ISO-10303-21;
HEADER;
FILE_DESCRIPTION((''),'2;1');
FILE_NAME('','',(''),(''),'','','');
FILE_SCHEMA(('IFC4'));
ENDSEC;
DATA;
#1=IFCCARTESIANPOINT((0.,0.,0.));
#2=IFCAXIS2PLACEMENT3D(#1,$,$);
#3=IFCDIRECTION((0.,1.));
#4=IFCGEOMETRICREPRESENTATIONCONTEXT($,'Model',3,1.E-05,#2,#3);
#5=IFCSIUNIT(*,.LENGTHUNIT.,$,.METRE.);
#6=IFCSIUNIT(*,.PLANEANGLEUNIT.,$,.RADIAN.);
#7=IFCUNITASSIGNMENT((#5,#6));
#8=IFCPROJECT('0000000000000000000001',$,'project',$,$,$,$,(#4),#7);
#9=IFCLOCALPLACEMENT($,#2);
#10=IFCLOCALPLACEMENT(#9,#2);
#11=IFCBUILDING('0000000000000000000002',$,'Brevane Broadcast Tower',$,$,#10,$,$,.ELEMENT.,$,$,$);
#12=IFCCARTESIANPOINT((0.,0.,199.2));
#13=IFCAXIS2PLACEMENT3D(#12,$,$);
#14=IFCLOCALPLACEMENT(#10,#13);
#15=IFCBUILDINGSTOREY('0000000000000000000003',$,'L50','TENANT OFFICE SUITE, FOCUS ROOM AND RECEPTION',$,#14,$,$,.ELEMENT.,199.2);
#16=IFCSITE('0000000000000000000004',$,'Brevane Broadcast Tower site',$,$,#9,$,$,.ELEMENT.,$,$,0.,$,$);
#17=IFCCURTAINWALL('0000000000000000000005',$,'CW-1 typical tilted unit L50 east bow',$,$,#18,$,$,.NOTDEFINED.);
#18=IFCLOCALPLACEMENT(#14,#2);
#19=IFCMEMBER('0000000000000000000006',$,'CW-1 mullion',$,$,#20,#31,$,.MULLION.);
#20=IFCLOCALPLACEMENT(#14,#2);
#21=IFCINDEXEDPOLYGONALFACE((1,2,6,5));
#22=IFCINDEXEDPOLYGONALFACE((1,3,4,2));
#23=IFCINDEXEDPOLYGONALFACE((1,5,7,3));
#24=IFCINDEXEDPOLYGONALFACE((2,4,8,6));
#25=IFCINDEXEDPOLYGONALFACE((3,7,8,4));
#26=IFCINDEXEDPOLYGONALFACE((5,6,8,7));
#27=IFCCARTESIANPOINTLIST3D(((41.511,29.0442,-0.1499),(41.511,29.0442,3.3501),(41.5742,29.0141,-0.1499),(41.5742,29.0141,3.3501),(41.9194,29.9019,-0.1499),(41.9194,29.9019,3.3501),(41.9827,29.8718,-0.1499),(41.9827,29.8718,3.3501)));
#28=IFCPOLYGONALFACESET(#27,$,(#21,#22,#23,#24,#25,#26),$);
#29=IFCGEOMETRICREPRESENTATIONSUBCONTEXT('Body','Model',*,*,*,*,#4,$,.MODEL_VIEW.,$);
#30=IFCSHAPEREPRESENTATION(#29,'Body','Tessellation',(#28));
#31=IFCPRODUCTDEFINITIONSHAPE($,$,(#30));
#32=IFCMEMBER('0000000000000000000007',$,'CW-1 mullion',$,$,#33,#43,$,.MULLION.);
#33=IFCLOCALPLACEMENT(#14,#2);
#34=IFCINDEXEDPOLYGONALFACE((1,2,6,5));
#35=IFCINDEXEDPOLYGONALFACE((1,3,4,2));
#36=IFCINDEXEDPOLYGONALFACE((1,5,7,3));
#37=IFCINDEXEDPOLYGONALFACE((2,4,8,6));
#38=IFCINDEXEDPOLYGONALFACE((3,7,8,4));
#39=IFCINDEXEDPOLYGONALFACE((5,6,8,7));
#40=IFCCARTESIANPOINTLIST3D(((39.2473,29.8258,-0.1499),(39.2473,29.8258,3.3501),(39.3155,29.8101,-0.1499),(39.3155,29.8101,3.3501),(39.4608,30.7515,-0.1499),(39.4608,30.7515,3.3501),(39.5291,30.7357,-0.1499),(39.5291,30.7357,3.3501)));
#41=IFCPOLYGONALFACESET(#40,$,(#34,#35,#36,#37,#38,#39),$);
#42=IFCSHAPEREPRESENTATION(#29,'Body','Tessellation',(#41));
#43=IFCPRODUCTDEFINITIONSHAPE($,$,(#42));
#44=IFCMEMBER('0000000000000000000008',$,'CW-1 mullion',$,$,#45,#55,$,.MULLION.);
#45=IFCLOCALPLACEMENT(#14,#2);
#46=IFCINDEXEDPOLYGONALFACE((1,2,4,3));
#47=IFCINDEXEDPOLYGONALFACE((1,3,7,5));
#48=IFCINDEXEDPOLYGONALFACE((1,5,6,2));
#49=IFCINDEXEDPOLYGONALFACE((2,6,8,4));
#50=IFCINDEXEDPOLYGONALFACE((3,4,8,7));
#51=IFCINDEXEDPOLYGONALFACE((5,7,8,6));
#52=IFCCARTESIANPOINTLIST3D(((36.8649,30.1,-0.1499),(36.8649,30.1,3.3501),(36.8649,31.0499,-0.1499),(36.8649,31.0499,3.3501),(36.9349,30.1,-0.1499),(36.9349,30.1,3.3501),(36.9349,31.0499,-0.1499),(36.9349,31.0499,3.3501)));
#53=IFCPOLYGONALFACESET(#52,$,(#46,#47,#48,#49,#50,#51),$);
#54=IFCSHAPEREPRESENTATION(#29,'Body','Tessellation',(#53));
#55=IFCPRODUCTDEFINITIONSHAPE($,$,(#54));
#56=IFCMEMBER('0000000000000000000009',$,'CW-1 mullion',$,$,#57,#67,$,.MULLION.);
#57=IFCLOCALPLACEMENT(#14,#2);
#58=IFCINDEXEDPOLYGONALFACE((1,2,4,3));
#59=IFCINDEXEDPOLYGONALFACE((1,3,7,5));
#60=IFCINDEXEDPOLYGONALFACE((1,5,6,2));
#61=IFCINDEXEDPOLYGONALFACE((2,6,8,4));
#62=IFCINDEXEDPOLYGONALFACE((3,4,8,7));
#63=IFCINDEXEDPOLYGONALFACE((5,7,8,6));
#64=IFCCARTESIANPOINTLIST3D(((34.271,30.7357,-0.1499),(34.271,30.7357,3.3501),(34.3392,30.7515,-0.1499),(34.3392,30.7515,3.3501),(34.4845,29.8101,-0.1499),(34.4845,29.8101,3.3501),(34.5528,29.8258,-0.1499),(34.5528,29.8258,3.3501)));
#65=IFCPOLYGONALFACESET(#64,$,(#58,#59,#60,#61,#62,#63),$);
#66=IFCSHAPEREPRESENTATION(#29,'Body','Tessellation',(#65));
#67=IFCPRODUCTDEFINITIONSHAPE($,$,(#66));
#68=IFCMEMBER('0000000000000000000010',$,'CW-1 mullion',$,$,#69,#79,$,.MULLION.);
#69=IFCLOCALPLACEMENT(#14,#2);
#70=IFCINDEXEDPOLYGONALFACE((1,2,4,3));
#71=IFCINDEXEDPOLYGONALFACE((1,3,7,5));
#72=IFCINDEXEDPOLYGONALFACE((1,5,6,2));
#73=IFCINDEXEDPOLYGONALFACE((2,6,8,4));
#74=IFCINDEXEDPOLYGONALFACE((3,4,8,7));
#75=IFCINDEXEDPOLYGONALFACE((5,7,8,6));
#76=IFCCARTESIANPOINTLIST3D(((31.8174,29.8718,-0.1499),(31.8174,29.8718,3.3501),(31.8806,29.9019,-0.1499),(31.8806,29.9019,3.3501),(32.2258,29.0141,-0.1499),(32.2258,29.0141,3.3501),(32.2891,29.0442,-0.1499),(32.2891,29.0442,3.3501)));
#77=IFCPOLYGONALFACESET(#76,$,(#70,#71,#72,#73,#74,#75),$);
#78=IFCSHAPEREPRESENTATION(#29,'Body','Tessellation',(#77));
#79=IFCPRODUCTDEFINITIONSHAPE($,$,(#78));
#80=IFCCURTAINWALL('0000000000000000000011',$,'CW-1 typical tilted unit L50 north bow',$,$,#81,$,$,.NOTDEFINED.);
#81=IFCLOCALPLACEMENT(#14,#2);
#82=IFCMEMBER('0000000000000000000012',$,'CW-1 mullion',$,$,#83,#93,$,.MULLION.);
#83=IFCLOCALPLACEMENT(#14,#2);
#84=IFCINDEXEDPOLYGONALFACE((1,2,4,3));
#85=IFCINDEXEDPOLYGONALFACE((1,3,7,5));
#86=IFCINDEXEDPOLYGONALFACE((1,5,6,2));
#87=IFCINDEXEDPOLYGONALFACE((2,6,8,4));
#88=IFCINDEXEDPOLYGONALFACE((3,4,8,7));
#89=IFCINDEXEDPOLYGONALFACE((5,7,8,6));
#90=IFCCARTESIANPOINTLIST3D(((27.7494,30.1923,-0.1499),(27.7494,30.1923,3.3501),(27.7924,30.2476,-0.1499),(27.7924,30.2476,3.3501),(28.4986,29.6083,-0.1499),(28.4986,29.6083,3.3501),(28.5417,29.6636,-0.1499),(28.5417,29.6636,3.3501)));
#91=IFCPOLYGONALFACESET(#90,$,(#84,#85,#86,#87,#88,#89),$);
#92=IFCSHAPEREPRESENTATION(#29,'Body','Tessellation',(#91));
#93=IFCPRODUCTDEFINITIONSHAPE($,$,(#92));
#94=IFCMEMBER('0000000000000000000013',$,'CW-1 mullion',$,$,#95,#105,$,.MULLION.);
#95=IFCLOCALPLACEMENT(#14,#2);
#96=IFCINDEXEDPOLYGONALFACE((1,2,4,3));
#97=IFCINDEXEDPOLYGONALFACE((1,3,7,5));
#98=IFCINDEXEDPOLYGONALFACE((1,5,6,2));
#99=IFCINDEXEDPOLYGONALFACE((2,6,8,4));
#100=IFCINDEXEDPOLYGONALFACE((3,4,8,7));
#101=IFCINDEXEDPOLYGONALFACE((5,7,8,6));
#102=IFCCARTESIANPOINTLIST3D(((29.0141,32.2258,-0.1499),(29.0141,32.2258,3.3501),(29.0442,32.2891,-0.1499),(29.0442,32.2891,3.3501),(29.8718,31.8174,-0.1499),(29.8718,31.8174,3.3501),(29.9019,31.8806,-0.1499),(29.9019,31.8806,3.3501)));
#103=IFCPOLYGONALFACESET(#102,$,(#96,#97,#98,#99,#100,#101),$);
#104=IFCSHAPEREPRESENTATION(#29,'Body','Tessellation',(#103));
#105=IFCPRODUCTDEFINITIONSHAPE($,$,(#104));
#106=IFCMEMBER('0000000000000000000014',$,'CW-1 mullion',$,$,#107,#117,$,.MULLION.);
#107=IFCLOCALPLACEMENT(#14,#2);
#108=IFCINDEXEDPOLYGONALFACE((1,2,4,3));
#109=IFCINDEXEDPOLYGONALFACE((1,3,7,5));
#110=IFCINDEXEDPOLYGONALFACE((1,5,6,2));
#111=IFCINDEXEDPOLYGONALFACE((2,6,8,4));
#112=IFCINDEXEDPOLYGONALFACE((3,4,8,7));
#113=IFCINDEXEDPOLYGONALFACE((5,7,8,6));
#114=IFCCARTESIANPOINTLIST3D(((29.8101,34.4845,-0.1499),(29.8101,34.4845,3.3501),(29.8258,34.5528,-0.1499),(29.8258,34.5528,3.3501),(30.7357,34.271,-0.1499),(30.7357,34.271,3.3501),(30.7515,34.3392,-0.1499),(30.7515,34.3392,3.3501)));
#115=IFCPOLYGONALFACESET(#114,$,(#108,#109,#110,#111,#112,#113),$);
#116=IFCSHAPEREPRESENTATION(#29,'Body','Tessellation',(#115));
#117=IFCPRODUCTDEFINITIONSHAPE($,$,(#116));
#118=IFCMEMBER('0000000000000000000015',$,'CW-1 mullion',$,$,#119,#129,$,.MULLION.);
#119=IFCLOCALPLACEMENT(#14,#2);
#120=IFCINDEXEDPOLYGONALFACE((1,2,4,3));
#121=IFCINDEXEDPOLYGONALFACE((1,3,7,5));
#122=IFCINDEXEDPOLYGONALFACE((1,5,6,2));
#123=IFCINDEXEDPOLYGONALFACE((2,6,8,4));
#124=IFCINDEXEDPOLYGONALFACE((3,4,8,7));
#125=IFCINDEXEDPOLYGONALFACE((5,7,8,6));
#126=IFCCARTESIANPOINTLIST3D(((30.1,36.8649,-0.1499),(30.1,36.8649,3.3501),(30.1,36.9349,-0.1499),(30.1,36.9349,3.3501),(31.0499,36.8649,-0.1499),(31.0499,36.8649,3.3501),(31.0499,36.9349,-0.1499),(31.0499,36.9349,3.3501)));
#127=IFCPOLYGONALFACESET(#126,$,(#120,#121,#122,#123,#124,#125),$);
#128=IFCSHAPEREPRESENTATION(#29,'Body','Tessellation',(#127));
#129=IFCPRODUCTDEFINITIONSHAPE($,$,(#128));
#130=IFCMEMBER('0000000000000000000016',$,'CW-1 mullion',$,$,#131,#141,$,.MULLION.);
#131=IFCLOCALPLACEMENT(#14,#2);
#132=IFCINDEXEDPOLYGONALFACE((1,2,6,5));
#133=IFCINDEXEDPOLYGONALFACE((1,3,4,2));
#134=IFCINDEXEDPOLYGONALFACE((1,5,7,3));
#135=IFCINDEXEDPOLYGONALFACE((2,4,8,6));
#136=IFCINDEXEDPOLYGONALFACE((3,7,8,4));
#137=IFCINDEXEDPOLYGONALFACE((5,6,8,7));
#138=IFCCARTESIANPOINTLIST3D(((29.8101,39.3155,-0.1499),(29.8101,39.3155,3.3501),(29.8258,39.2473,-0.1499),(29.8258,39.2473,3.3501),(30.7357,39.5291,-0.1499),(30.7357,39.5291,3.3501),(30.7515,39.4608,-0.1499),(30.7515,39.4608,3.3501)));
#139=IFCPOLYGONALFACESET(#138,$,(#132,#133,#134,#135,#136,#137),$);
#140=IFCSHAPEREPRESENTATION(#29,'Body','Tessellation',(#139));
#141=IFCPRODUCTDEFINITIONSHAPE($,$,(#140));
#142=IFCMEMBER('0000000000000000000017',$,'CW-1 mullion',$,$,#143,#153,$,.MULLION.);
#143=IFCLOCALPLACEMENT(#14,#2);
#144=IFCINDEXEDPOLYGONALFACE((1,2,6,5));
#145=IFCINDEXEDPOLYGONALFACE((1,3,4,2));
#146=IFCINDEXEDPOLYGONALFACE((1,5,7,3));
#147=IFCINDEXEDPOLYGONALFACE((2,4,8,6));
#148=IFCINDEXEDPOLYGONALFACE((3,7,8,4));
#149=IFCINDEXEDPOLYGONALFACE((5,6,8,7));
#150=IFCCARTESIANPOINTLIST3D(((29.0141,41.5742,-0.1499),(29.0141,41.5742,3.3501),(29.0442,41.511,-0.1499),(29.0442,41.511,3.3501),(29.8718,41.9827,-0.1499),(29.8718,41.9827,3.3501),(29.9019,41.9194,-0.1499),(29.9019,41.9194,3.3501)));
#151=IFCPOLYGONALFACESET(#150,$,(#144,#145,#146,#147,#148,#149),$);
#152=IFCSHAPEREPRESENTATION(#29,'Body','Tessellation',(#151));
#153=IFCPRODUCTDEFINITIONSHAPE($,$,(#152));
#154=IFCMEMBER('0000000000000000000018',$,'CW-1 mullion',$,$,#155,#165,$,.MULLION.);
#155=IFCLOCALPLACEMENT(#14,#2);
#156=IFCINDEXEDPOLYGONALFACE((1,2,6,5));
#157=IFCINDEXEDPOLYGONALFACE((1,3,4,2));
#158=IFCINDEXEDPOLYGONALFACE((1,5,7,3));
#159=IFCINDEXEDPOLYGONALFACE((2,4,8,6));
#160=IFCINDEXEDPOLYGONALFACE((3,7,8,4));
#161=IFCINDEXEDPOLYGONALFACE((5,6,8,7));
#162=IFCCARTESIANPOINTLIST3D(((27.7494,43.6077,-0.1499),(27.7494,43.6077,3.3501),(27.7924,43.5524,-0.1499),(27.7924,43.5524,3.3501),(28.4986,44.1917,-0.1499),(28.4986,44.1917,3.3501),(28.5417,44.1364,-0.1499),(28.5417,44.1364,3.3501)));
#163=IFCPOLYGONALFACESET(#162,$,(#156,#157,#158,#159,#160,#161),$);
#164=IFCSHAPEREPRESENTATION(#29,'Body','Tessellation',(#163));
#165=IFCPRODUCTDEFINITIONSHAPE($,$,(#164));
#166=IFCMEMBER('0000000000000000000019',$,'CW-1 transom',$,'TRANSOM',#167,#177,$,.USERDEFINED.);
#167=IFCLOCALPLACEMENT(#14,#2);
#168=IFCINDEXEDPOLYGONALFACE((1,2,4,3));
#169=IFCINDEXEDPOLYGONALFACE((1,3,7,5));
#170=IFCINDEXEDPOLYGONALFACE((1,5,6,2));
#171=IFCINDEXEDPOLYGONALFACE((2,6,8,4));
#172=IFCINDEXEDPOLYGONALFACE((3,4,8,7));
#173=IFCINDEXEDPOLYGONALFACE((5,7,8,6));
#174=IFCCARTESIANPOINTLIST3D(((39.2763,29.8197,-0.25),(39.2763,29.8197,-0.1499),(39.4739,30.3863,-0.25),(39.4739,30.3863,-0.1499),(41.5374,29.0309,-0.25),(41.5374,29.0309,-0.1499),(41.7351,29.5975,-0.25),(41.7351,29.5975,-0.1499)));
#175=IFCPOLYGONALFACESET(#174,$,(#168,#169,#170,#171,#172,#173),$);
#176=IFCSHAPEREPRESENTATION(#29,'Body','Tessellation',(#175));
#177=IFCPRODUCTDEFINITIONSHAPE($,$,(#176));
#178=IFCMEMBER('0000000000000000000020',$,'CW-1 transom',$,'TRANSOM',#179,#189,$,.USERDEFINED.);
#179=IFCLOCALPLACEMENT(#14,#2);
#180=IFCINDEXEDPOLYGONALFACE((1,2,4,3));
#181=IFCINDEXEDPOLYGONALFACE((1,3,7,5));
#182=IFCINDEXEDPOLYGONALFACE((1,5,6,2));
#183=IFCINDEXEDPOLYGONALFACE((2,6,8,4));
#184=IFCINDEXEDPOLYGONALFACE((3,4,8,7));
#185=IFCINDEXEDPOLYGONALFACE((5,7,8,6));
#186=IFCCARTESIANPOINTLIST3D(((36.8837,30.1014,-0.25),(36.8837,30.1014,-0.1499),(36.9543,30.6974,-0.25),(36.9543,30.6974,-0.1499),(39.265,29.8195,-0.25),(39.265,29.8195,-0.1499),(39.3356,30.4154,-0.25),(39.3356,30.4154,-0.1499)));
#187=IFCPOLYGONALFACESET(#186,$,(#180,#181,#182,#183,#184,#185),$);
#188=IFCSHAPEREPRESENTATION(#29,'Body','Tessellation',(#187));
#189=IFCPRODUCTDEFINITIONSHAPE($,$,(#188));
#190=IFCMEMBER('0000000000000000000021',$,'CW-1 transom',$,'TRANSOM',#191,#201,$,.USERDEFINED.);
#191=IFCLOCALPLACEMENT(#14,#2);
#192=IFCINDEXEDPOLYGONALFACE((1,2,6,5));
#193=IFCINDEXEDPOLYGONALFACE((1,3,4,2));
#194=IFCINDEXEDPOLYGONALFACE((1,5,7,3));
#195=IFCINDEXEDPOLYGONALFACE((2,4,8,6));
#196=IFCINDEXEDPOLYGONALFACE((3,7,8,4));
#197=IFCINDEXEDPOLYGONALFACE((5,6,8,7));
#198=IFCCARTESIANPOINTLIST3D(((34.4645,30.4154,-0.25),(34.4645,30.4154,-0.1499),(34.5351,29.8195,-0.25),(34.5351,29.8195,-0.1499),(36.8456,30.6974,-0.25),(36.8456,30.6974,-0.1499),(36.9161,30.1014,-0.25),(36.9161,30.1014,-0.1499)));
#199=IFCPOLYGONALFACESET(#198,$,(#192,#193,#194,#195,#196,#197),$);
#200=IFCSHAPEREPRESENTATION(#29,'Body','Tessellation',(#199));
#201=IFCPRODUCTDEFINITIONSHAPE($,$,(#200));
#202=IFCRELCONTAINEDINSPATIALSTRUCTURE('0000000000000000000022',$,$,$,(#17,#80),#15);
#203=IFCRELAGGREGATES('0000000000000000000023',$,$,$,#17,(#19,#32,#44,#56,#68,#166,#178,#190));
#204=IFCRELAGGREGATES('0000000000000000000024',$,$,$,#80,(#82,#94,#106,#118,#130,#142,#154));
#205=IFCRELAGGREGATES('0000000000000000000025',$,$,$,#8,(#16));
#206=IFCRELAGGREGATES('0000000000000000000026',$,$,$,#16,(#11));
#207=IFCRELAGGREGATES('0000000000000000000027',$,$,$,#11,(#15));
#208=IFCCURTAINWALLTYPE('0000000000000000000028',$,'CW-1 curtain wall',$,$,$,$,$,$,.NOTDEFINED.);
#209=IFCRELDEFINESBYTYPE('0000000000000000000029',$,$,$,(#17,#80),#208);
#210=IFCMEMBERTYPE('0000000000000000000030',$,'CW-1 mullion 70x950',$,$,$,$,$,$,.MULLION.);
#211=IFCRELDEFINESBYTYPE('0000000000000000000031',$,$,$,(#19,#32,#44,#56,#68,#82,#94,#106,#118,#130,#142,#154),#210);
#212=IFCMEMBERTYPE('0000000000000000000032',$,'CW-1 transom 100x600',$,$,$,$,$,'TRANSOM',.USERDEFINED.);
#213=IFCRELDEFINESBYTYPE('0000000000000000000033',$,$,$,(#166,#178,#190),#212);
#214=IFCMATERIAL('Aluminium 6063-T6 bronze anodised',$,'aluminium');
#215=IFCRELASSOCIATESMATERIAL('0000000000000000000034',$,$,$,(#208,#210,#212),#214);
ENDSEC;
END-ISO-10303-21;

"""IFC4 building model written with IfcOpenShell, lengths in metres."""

from ifc_helpers import new_model, si_unit, direction, frame, origin, origin_2d, place, context, subcontext, project, spatial, rectangle, extrude, material, material_profile, profile_set, type_object, element, aggregate, save


model = new_model("IFC4")

# Units and contexts
model_context = context("Model", 3, precision=1e-05, world=origin(), true_north=direction((0.0, 1.0)))
body_context = subcontext(model_context, "Body", "Model", "MODEL_VIEW")
ifc_project = project(units=[si_unit("LENGTHUNIT", "METRE"), si_unit("PLANEANGLEUNIT", "RADIAN")], contexts=[model_context])

# Site, building, storey
site_placement = place(None, origin())
site = spatial("IfcSite", under=ifc_project, at=site_placement, Name="Brevane Broadcast Tower site", CompositionType="ELEMENT", RefElevation=0.0)
building_placement = place(site_placement, origin())
building = spatial("IfcBuilding", under=site, at=building_placement, Name="Brevane Broadcast Tower", CompositionType="ELEMENT")
storey_placement = place(building_placement, frame((0.0, 0.0, 199.2)))
storey = spatial("IfcBuildingStorey", under=building, at=storey_placement, Name="L50", Description="TENANT OFFICE SUITE, FOCUS ROOM AND RECEPTION", CompositionType="ELEMENT", Elevation=199.2)

# Curtain walls, members
ifc_material_1 = material(Name="Aluminium 6063-T6 bronze anodised", Category="aluminium")
curtain_wall_type = type_object("IfcCurtainWallType", Name="CW-1 curtain wall", PredefinedType="NOTDEFINED", material=ifc_material_1)
curtain_wall_1_placement = place(storey_placement, origin())
curtain_wall_1 = element("IfcCurtainWall", 1, at=curtain_wall_1_placement, inside=storey, type_object=curtain_wall_type, Name="CW-1 typical tilted unit L50 east bow", PredefinedType="NOTDEFINED")
ifc_material_profile_1 = material_profile(ifc_material_1, rectangle(XDim=0.95, YDim=0.0701, at=origin_2d()), Name="RECT 70x950")
ifc_profile_set_1 = profile_set([ifc_material_profile_1], Name="Aluminium 6063-T6 bronze anodised")
member_type_1 = type_object("IfcMemberType", Name="CW-1 mullion 70x950", PredefinedType="MULLION", material=ifc_profile_set_1)
member_1_placement = place(storey_placement, frame((41.7468, 29.458, -0.1499), z_axis=(0.0, 0.0, 1.0), x_axis=(-0.429934, -0.902861, 0.0)))
member_1 = element("IfcMember", 2, at=member_1_placement, type_object=member_type_1, Name="CW-1 mullion", PredefinedType="MULLION", context=body_context, shape_type="SweptSolid", body=[
    extrude(rectangle(XDim=0.95, YDim=0.0701, at=origin_2d()), origin(), (0.0, 0.0, 1.0), 3.5),
])
member_2_placement = place(storey_placement, frame((39.3882, 30.2808, -0.1499), z_axis=(0.0, 0.0, 1.0), x_axis=(-0.224807, -0.974403, 0.0)))
member_2 = element("IfcMember", 3, at=member_2_placement, type_object=member_type_1, Name="CW-1 mullion", PredefinedType="MULLION", context=body_context, shape_type="SweptSolid", body=[
    extrude(rectangle(XDim=0.95, YDim=0.0701, at=origin_2d()), origin(), (0.0, 0.0, 1.0), 3.5),
])
member_3_placement = place(storey_placement, frame((36.8999, 30.575, -0.1499), z_axis=(0.0, 0.0, 1.0), x_axis=(0.0, -1.0, 0.0)))
member_3 = element("IfcMember", 4, at=member_3_placement, type_object=member_type_1, Name="CW-1 mullion", PredefinedType="MULLION", context=body_context, shape_type="SweptSolid", body=[
    extrude(rectangle(XDim=0.95, YDim=0.0701, at=origin_2d()), origin(), (0.0, 0.0, 1.0), 3.5),
])
member_4_placement = place(storey_placement, frame((34.4119, 30.2808, -0.1499), z_axis=(0.0, 0.0, 1.0), x_axis=(0.224807, -0.974403, 0.0)))
member_4 = element("IfcMember", 5, at=member_4_placement, type_object=member_type_1, Name="CW-1 mullion", PredefinedType="MULLION", context=body_context, shape_type="SweptSolid", body=[
    extrude(rectangle(XDim=0.95, YDim=0.0701, at=origin_2d()), origin(), (0.0, 0.0, 1.0), 3.5),
])
member_5_placement = place(storey_placement, frame((32.0532, 29.458, -0.1499), z_axis=(0.0, 0.0, 1.0), x_axis=(0.429934, -0.902861, 0.0)))
member_5 = element("IfcMember", 6, at=member_5_placement, type_object=member_type_1, Name="CW-1 mullion", PredefinedType="MULLION", context=body_context, shape_type="SweptSolid", body=[
    extrude(rectangle(XDim=0.95, YDim=0.0701, at=origin_2d()), origin(), (0.0, 0.0, 1.0), 3.5),
])
curtain_wall_2_placement = place(storey_placement, origin())
curtain_wall_2 = element("IfcCurtainWall", 7, at=curtain_wall_2_placement, inside=storey, type_object=curtain_wall_type, Name="CW-1 typical tilted unit L50 north bow", PredefinedType="NOTDEFINED")
member_6_placement = place(storey_placement, frame((28.1455, 29.928, -0.1499), z_axis=(0.0, 0.0, 1.0), x_axis=(-0.788707, 0.61477, 0.0)))
member_6 = element("IfcMember", 8, at=member_6_placement, type_object=member_type_1, Name="CW-1 mullion", PredefinedType="MULLION", context=body_context, shape_type="SweptSolid", body=[
    extrude(rectangle(XDim=0.95, YDim=0.0701, at=origin_2d()), origin(), (0.0, 0.0, 1.0), 3.5),
])
member_7_placement = place(storey_placement, frame((29.458, 32.0532, -0.1499), z_axis=(0.0, 0.0, 1.0), x_axis=(-0.902861, 0.429934, 0.0)))
member_7 = element("IfcMember", 9, at=member_7_placement, type_object=member_type_1, Name="CW-1 mullion", PredefinedType="MULLION", context=body_context, shape_type="SweptSolid", body=[
    extrude(rectangle(XDim=0.95, YDim=0.0701, at=origin_2d()), origin(), (0.0, 0.0, 1.0), 3.5),
])
member_8_placement = place(storey_placement, frame((30.2808, 34.4119, -0.1499), z_axis=(0.0, 0.0, 1.0), x_axis=(-0.974403, 0.224807, 0.0)))
member_8 = element("IfcMember", 10, at=member_8_placement, type_object=member_type_1, Name="CW-1 mullion", PredefinedType="MULLION", context=body_context, shape_type="SweptSolid", body=[
    extrude(rectangle(XDim=0.95, YDim=0.0701, at=origin_2d()), origin(), (0.0, 0.0, 1.0), 3.5),
])
member_9_placement = place(storey_placement, frame((30.575, 36.8999, -0.1499), z_axis=(0.0, 0.0, 1.0), x_axis=(-1.0, 0.0, 0.0)))
member_9 = element("IfcMember", 11, at=member_9_placement, type_object=member_type_1, Name="CW-1 mullion", PredefinedType="MULLION", context=body_context, shape_type="SweptSolid", body=[
    extrude(rectangle(XDim=0.95, YDim=0.0701, at=origin_2d()), origin(), (0.0, 0.0, 1.0), 3.5),
])
member_10_placement = place(storey_placement, frame((30.2808, 39.3882, -0.1499), z_axis=(0.0, 0.0, 1.0), x_axis=(-0.974403, -0.224807, 0.0)))
member_10 = element("IfcMember", 12, at=member_10_placement, type_object=member_type_1, Name="CW-1 mullion", PredefinedType="MULLION", context=body_context, shape_type="SweptSolid", body=[
    extrude(rectangle(XDim=0.95, YDim=0.0701, at=origin_2d()), origin(), (0.0, 0.0, 1.0), 3.5),
])
member_11_placement = place(storey_placement, frame((29.458, 41.7468, -0.1499), z_axis=(0.0, 0.0, 1.0), x_axis=(-0.902861, -0.429934, 0.0)))
member_11 = element("IfcMember", 13, at=member_11_placement, type_object=member_type_1, Name="CW-1 mullion", PredefinedType="MULLION", context=body_context, shape_type="SweptSolid", body=[
    extrude(rectangle(XDim=0.95, YDim=0.0701, at=origin_2d()), origin(), (0.0, 0.0, 1.0), 3.5),
])
member_12_placement = place(storey_placement, frame((28.1455, 43.8721, -0.1499), z_axis=(0.0, 0.0, 1.0), x_axis=(-0.788707, -0.61477, 0.0)))
member_12 = element("IfcMember", 14, at=member_12_placement, type_object=member_type_1, Name="CW-1 mullion", PredefinedType="MULLION", context=body_context, shape_type="SweptSolid", body=[
    extrude(rectangle(XDim=0.95, YDim=0.0701, at=origin_2d()), origin(), (0.0, 0.0, 1.0), 3.5),
])

# Members
ifc_material_profile_2 = material_profile(ifc_material_1, rectangle(XDim=0.6001, YDim=0.1001, at=origin_2d()), Name="RECT 100x600")
ifc_profile_set_2 = profile_set([ifc_material_profile_2], Name="Aluminium 6063-T6 bronze anodised")
member_type_2 = type_object("IfcMemberType", Name="CW-1 transom 100x600", ElementType="TRANSOM", PredefinedType="USERDEFINED", material=ifc_profile_set_2)
member_13_placement = place(storey_placement, frame((41.6362, 29.3142, -0.2), z_axis=(-0.944198, 0.329378, 0.0), x_axis=(-0.329378, -0.944198, 0.0)))
member_13 = element("IfcMember", 15, at=member_13_placement, type_object=member_type_2, Name="CW-1 transom", ObjectType="TRANSOM", PredefinedType="USERDEFINED", context=body_context, shape_type="SweptSolid", body=[
    extrude(rectangle(XDim=0.6001, YDim=0.1001, at=origin_2d()), origin(), (0.0, 0.0, 1.0), 2.3948),
])
member_14_placement = place(storey_placement, frame((39.3003, 30.1174, -0.2), z_axis=(-0.993062, 0.117591, 0.0), x_axis=(-0.117591, -0.993062, 0.0)))
member_14 = element("IfcMember", 16, at=member_14_placement, type_object=member_type_2, Name="CW-1 transom", ObjectType="TRANSOM", PredefinedType="USERDEFINED", context=body_context, shape_type="SweptSolid", body=[
    extrude(rectangle(XDim=0.6001, YDim=0.1001, at=origin_2d()), origin(), (0.0, 0.0, 1.0), 2.3979),
])
member_15_placement = place(storey_placement, frame((36.8809, 30.3994, -0.2), z_axis=(-0.993061, -0.117603, 0.0), x_axis=(0.117603, -0.993061, 0.0)))
member_15 = element("IfcMember", 17, at=member_15_placement, type_object=member_type_2, Name="CW-1 transom", ObjectType="TRANSOM", PredefinedType="USERDEFINED", context=body_context, shape_type="SweptSolid", body=[
    extrude(rectangle(XDim=0.6001, YDim=0.1001, at=origin_2d()), origin(), (0.0, 0.0, 1.0), 2.3977),
])
aggregate(curtain_wall_1, [member_1, member_2, member_3, member_4, member_5, member_13, member_14, member_15])
aggregate(curtain_wall_2, [member_6, member_7, member_8, member_9, member_10, member_11, member_12])

save(model, "model.ifc")
